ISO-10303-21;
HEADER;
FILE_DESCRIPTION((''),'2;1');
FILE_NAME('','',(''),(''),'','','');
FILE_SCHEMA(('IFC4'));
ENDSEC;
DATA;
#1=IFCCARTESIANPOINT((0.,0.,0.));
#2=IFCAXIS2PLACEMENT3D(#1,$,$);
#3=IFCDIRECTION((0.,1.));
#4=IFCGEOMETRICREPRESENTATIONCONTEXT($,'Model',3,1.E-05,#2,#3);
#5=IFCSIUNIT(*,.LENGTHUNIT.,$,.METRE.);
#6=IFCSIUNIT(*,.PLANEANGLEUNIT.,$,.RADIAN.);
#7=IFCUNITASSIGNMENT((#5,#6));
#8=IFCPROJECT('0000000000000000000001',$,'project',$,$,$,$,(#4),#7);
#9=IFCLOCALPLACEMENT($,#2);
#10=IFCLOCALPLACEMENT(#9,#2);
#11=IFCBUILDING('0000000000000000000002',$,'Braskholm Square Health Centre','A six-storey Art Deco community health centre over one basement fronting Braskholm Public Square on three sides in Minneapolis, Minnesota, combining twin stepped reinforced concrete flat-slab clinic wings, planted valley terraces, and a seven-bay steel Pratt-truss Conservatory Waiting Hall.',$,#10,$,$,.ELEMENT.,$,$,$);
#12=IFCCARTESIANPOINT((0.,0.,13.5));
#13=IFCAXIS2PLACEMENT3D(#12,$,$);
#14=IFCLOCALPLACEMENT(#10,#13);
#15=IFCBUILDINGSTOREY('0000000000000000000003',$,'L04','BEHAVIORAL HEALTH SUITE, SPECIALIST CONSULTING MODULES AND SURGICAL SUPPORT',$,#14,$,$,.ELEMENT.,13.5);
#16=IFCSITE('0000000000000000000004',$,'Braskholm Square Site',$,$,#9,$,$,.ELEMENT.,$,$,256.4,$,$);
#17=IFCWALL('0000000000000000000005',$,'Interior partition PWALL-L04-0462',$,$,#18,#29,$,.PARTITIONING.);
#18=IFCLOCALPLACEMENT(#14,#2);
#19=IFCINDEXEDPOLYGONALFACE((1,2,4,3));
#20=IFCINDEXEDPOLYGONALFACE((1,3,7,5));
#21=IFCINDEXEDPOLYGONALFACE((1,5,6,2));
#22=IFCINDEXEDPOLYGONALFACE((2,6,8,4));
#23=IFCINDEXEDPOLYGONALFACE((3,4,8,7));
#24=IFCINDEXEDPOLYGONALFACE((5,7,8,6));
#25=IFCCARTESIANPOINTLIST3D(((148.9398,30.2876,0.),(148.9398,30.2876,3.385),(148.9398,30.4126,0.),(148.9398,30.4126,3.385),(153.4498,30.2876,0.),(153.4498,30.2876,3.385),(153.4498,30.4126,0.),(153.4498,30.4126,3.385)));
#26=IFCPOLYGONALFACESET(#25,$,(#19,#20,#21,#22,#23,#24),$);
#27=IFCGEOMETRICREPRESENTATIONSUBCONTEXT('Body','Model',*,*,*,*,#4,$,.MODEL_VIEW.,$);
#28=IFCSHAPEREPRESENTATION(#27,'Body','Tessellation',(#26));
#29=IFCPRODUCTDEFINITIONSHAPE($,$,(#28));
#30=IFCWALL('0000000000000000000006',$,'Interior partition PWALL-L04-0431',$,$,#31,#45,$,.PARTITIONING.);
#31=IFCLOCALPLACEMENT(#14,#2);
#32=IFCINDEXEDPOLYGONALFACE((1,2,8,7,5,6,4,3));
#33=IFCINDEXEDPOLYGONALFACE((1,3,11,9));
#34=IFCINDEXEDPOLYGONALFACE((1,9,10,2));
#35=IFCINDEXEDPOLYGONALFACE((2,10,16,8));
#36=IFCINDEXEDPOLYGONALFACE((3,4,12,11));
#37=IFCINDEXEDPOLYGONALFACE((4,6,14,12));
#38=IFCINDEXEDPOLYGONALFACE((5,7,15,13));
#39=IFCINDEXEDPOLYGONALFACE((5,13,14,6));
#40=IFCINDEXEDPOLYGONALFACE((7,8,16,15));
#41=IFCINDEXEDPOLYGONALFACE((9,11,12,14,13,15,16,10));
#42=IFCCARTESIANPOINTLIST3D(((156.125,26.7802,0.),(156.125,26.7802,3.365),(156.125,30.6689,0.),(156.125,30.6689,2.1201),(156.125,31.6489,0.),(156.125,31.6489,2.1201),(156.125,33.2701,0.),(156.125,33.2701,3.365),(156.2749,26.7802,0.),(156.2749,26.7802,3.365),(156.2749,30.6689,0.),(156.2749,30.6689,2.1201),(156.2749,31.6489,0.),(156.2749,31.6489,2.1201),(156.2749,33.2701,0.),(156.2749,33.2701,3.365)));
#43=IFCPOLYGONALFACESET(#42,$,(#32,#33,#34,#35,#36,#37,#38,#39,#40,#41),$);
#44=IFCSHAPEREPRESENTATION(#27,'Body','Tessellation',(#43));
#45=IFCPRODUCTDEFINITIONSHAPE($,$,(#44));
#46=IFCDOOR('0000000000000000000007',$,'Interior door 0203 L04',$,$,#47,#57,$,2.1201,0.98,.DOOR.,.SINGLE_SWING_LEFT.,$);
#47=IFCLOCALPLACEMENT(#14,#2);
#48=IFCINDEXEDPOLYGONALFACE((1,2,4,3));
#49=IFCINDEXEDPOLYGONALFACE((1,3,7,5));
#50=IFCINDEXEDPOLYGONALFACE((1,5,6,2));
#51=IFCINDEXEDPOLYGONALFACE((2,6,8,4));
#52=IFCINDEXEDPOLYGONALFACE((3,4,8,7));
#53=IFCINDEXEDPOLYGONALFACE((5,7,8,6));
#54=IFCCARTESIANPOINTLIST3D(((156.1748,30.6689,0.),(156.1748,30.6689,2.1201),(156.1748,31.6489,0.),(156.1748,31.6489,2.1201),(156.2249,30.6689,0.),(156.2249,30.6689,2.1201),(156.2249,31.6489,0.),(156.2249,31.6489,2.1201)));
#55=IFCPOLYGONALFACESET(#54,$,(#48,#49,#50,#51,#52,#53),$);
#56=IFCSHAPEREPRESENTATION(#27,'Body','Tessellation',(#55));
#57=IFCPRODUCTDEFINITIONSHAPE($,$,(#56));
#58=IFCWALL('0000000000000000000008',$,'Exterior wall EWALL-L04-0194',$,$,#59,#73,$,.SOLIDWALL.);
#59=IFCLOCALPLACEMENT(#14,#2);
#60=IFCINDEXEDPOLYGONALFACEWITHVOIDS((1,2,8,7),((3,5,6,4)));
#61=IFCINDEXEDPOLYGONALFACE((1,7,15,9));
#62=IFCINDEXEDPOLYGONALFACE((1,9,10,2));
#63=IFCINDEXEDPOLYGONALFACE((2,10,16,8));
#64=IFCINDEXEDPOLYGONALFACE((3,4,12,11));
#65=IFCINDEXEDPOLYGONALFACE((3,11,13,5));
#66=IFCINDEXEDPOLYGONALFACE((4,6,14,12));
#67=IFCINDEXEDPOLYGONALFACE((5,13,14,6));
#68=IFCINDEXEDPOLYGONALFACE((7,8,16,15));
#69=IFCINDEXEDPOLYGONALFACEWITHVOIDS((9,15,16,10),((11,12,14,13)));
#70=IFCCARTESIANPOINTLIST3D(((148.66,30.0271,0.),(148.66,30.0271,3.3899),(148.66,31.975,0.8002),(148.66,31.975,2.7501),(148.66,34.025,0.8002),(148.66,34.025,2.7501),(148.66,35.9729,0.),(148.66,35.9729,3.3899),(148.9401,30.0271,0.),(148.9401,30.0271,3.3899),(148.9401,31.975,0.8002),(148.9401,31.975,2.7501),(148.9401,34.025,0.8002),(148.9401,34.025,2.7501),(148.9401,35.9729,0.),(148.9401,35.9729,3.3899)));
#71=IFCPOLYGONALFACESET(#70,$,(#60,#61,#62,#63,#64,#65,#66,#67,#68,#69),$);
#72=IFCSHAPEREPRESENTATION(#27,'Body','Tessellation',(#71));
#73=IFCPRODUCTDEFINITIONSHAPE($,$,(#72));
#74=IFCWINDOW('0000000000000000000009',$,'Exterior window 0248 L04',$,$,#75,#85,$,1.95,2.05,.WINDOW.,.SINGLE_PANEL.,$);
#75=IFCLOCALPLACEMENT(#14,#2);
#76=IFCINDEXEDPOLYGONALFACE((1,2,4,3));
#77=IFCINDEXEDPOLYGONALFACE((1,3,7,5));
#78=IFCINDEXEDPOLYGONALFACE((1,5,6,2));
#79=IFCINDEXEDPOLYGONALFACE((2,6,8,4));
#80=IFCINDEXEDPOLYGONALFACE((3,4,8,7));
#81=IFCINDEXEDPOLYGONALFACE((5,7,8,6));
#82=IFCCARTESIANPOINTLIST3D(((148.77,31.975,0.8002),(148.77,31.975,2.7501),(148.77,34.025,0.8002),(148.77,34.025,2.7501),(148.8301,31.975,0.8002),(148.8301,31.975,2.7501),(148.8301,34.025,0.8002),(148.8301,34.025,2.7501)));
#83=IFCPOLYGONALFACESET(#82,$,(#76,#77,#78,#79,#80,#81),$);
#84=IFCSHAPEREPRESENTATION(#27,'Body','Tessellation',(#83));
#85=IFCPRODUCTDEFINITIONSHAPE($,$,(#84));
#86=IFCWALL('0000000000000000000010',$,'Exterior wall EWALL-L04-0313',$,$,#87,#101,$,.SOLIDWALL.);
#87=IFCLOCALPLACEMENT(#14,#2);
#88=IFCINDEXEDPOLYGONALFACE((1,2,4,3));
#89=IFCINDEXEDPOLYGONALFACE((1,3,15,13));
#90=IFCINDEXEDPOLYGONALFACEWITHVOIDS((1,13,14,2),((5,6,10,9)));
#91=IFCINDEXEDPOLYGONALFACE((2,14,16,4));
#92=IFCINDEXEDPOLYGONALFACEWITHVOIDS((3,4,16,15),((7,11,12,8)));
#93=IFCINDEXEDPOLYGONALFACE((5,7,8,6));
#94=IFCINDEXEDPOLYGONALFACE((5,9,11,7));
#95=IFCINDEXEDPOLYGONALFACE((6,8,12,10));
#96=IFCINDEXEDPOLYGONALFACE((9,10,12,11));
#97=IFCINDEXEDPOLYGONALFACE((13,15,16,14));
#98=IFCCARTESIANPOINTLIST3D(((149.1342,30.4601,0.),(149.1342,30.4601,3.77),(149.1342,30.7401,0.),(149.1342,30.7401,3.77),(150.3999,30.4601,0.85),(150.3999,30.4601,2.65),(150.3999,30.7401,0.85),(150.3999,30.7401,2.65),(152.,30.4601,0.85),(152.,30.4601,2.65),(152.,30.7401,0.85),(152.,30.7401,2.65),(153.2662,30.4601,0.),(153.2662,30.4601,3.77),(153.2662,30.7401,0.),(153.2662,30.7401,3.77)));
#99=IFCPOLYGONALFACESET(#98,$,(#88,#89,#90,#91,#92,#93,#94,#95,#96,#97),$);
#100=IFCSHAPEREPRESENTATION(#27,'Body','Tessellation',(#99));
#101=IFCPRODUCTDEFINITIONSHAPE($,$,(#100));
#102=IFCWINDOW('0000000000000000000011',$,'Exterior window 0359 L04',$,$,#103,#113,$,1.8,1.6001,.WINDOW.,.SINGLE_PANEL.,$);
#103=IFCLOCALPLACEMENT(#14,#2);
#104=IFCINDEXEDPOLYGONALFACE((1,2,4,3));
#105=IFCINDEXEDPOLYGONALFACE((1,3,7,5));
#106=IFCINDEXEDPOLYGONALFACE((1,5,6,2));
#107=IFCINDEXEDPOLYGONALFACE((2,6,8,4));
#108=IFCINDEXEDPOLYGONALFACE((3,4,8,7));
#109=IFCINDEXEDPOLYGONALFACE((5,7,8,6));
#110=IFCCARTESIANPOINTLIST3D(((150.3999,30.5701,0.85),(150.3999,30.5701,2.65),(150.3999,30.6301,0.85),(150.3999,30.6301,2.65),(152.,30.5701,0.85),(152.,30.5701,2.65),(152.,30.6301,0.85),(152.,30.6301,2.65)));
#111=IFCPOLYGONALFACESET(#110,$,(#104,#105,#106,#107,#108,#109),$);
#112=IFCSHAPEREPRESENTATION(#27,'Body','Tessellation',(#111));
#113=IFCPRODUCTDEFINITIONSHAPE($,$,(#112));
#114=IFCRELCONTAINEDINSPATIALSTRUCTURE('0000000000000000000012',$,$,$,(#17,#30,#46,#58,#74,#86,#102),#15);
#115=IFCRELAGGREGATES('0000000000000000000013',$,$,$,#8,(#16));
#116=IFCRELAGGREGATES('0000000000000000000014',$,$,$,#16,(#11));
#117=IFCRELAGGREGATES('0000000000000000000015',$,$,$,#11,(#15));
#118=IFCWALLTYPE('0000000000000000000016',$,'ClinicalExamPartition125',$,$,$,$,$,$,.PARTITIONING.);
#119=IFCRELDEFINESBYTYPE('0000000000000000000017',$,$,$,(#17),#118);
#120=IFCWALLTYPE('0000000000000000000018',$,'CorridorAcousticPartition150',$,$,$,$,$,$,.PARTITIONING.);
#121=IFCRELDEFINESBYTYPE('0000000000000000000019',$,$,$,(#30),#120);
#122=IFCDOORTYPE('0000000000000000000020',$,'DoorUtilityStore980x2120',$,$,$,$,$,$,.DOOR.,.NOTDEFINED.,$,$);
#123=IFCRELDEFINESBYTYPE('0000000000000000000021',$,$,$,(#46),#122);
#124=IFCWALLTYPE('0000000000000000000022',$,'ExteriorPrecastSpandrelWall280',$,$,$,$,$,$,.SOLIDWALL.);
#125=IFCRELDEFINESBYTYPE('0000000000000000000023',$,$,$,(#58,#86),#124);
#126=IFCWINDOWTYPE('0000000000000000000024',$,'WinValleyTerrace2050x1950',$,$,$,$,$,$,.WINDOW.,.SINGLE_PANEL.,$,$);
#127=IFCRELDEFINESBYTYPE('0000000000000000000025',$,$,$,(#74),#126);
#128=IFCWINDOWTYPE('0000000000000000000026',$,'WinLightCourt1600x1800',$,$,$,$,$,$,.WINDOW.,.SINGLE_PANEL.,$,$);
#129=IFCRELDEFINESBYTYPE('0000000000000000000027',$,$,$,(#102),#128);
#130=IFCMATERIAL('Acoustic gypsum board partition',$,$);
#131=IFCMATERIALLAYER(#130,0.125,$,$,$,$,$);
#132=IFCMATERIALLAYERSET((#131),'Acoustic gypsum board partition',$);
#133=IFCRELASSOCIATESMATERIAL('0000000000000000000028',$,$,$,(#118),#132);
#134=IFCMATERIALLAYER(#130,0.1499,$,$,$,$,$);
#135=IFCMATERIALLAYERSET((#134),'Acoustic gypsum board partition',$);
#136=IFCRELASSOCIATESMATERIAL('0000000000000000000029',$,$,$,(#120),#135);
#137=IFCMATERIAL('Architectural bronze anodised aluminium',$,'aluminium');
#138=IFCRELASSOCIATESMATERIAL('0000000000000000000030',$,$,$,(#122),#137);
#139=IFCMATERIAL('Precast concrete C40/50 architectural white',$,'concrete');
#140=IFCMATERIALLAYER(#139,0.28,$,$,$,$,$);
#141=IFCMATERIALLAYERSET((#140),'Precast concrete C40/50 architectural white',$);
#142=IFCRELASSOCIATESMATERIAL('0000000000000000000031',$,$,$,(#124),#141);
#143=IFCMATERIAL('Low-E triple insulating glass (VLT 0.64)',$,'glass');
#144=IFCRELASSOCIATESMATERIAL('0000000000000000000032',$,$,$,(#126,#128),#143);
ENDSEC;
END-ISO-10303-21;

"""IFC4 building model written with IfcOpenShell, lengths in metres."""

from ifc_helpers import new_model, si_unit, direction, frame, frame_2d, origin, origin_with_axes, place, context, subcontext, project, spatial, rectangle, extrude, material, layer, layer_set, type_object, element, fill, save


model = new_model("IFC4")

# Units and contexts
model_context = context("Model", 3, precision=1e-05, world=origin(), true_north=direction((0.0, 1.0)))
body_context = subcontext(model_context, "Body", "Model", "MODEL_VIEW")
ifc_project = project(units=[si_unit("LENGTHUNIT", "METRE"), si_unit("PLANEANGLEUNIT", "RADIAN")], contexts=[model_context])

# Site, building, storey
site_placement = place(None, origin())
site = spatial("IfcSite", under=ifc_project, at=site_placement, Name="Braskholm Square Site", CompositionType="ELEMENT", RefElevation=256.4)
building_placement = place(site_placement, origin())
building = spatial("IfcBuilding", under=site, at=building_placement, Name="Braskholm Square Health Centre", Description="A six-storey Art Deco community health centre over one basement fronting Braskholm Public Square on three sides in Minneapolis, Minnesota, combining twin stepped reinforced concrete flat-slab clinic wings, planted valley terraces, and a seven-bay steel Pratt-truss Conservatory Waiting Hall.", CompositionType="ELEMENT")
storey_placement = place(building_placement, frame((0.0, 0.0, 13.5)))
storey = spatial("IfcBuildingStorey", under=building, at=storey_placement, Name="L04", Description="BEHAVIORAL HEALTH SUITE, SPECIALIST CONSULTING MODULES AND SURGICAL SUPPORT", CompositionType="ELEMENT", Elevation=13.5)

# Shared definitions
ifc_material_1 = material(Name="Low-E triple insulating glass (VLT 0.64)", Category="glass")
ifc_material_2 = material(Name="Architectural bronze anodised aluminium", Category="aluminium")

# Wall
ifc_material_3 = material(Name="Acoustic gypsum board partition")
ifc_layer_1 = layer(ifc_material_3, 0.125)
ifc_layer_set_1 = layer_set([ifc_layer_1], Name="Acoustic gypsum board partition")
wall_type_1 = type_object("IfcWallType", Name="ClinicalExamPartition125", PredefinedType="PARTITIONING", material=ifc_layer_set_1)
wall_1_placement = place(storey_placement, frame((148.9399, 30.3501, 0.0), z_axis=(0.0, 0.0, 1.0), x_axis=(1.0, 0.0, 0.0)))
element("IfcWall", 1, at=wall_1_placement, inside=storey, type_object=wall_type_1, Name="Interior partition PWALL-L04-0462", PredefinedType="PARTITIONING", context=body_context, shape_type="SweptSolid", body=[
    extrude(rectangle(XDim=4.51, YDim=0.125, at=frame_2d((2.2549, 0.0))), origin(), (0.0, 0.0, 1.0), 3.385),
])

# Wall, opening, door
ifc_layer_2 = layer(ifc_material_3, 0.1499)
ifc_layer_set_2 = layer_set([ifc_layer_2], Name="Acoustic gypsum board partition")
wall_type_2 = type_object("IfcWallType", Name="CorridorAcousticPartition150", PredefinedType="PARTITIONING", material=ifc_layer_set_2)
wall_2_placement = place(storey_placement, frame((156.2, 26.78, 0.0), z_axis=(0.0, 0.0, 1.0), x_axis=(0.0, 1.0, 0.0)))
wall_2 = element("IfcWall", 2, at=wall_2_placement, inside=storey, type_object=wall_type_2, Name="Interior partition PWALL-L04-0431", PredefinedType="PARTITIONING", context=body_context, shape_type="SweptSolid", body=[
    extrude(rectangle(XDim=6.49, YDim=0.1499, at=frame_2d((3.2451, 0.0))), origin(), (0.0, 0.0, 1.0), 3.365),
])
opening_1_placement = place(wall_2_placement, frame((3.8889, 0.0, 0.0)))
opening_1 = element("IfcOpeningElement", 3, at=opening_1_placement, cuts=wall_2, PredefinedType="OPENING", context=body_context, shape_type="SweptSolid", body=[
    extrude(rectangle(XDim=0.98, YDim=2.1201, at=frame_2d((0.49, 1.0601))), frame((0.0, 0.085, 0.0), z_axis=(0.0, -1.0, 0.0), x_axis=(1.0, 0.0, 0.0)), (0.0, 0.0, 1.0), 0.1699),
])
door_type = type_object("IfcDoorType", Name="DoorUtilityStore980x2120", OperationType="NOTDEFINED", PredefinedType="DOOR", material=ifc_material_2)
door_placement = place(opening_1_placement, frame((0.98, 0.0, 0.0), z_axis=(0.0, 0.0, 1.0), x_axis=(-1.0, 0.0, 0.0)))
door = element("IfcDoor", 4, at=door_placement, inside=storey, type_object=door_type, Name="Interior door 0203 L04", OperationType="SINGLE_SWING_LEFT", OverallHeight=2.1201, OverallWidth=0.98, PredefinedType="DOOR", context=body_context, shape_type="SweptSolid", body=[
    extrude(rectangle(XDim=0.98, YDim=2.1201, at=frame_2d((0.49, 1.0601))), frame((0.0, 0.0249, 0.0), z_axis=(0.0, -1.0, 0.0), x_axis=(1.0, 0.0, 0.0)), (0.0, 0.0, 1.0), 0.05),
])
fill(opening_1, door)

# Walls, openings, windows
ifc_material_4 = material(Name="Precast concrete C40/50 architectural white", Category="concrete")
ifc_layer_3 = layer(ifc_material_4, 0.28)
ifc_layer_set_3 = layer_set([ifc_layer_3], Name="Precast concrete C40/50 architectural white")
wall_type_3 = type_object("IfcWallType", Name="ExteriorPrecastSpandrelWall280", PredefinedType="SOLIDWALL", material=ifc_layer_set_3)
wall_3_placement = place(storey_placement, frame((148.8, 35.9729, 0.0), z_axis=(0.0, 0.0, 1.0), x_axis=(0.0, -1.0, 0.0)))
wall_3 = element("IfcWall", 5, at=wall_3_placement, inside=storey, type_object=wall_type_3, Name="Exterior wall EWALL-L04-0194", PredefinedType="SOLIDWALL", context=body_context, shape_type="SweptSolid", body=[
    extrude(rectangle(XDim=5.9458, YDim=0.28, at=frame_2d((2.9729, 0.0))), origin(), (0.0, 0.0, 1.0), 3.3899),
])
opening_2_placement = place(wall_3_placement, frame((1.948, 0.0, 0.8)))
opening_2 = element("IfcOpeningElement", 6, at=opening_2_placement, cuts=wall_3, PredefinedType="OPENING", context=body_context, shape_type="SweptSolid", body=[
    extrude(rectangle(XDim=2.05, YDim=1.95, at=frame_2d((1.0249, 0.9751))), frame((0.0, 0.1499, 0.0), z_axis=(0.0, -1.0, 0.0), x_axis=(1.0, 0.0, 0.0)), (0.0, 0.0, 1.0), 0.3),
])
window_type_1 = type_object("IfcWindowType", Name="WinValleyTerrace2050x1950", PartitioningType="SINGLE_PANEL", PredefinedType="WINDOW", material=ifc_material_1)
window_1_placement = place(opening_2_placement, origin_with_axes())
window_1 = element("IfcWindow", 7, at=window_1_placement, inside=storey, type_object=window_type_1, Name="Exterior window 0248 L04", OverallHeight=1.95, OverallWidth=2.05, PartitioningType="SINGLE_PANEL", PredefinedType="WINDOW", context=body_context, shape_type="SweptSolid", body=[
    extrude(rectangle(XDim=2.05, YDim=1.95, at=frame_2d((1.0249, 0.9751))), frame((0.0, 0.03, 0.0), z_axis=(0.0, -1.0, 0.0), x_axis=(1.0, 0.0, 0.0)), (0.0, 0.0, 1.0), 0.0601),
])
fill(opening_2, window_1)
wall_4_placement = place(storey_placement, frame((153.2661, 30.6001, 0.0), z_axis=(0.0, 0.0, 1.0), x_axis=(-1.0, 0.0, 0.0)))
wall_4 = element("IfcWall", 8, at=wall_4_placement, inside=storey, type_object=wall_type_3, Name="Exterior wall EWALL-L04-0313", PredefinedType="SOLIDWALL", context=body_context, shape_type="SweptSolid", body=[
    extrude(rectangle(XDim=4.1321, YDim=0.28, at=frame_2d((2.0659, 0.0))), origin(), (0.0, 0.0, 1.0), 3.77),
])
opening_3_placement = place(wall_4_placement, frame((1.2661, 0.0, 0.8501)))
opening_3 = element("IfcOpeningElement", 9, at=opening_3_placement, cuts=wall_4, PredefinedType="OPENING", context=body_context, shape_type="SweptSolid", body=[
    extrude(rectangle(XDim=1.6001, YDim=1.8, at=frame_2d((0.8, 0.8999))), frame((0.0, 0.1499, 0.0), z_axis=(0.0, -1.0, 0.0), x_axis=(1.0, 0.0, 0.0)), (0.0, 0.0, 1.0), 0.3),
])
window_type_2 = type_object("IfcWindowType", Name="WinLightCourt1600x1800", PartitioningType="SINGLE_PANEL", PredefinedType="WINDOW", material=ifc_material_1)
window_2_placement = place(opening_3_placement, origin_with_axes())
window_2 = element("IfcWindow", 10, at=window_2_placement, inside=storey, type_object=window_type_2, Name="Exterior window 0359 L04", OverallHeight=1.8, OverallWidth=1.6001, PartitioningType="SINGLE_PANEL", PredefinedType="WINDOW", context=body_context, shape_type="SweptSolid", body=[
    extrude(rectangle(XDim=1.6001, YDim=1.8, at=frame_2d((0.8, 0.8999))), frame((0.0, 0.03, 0.0), z_axis=(0.0, -1.0, 0.0), x_axis=(1.0, 0.0, 0.0)), (0.0, 0.0, 1.0), 0.0601),
])
fill(opening_3, window_2)

save(model, "model.ifc")
